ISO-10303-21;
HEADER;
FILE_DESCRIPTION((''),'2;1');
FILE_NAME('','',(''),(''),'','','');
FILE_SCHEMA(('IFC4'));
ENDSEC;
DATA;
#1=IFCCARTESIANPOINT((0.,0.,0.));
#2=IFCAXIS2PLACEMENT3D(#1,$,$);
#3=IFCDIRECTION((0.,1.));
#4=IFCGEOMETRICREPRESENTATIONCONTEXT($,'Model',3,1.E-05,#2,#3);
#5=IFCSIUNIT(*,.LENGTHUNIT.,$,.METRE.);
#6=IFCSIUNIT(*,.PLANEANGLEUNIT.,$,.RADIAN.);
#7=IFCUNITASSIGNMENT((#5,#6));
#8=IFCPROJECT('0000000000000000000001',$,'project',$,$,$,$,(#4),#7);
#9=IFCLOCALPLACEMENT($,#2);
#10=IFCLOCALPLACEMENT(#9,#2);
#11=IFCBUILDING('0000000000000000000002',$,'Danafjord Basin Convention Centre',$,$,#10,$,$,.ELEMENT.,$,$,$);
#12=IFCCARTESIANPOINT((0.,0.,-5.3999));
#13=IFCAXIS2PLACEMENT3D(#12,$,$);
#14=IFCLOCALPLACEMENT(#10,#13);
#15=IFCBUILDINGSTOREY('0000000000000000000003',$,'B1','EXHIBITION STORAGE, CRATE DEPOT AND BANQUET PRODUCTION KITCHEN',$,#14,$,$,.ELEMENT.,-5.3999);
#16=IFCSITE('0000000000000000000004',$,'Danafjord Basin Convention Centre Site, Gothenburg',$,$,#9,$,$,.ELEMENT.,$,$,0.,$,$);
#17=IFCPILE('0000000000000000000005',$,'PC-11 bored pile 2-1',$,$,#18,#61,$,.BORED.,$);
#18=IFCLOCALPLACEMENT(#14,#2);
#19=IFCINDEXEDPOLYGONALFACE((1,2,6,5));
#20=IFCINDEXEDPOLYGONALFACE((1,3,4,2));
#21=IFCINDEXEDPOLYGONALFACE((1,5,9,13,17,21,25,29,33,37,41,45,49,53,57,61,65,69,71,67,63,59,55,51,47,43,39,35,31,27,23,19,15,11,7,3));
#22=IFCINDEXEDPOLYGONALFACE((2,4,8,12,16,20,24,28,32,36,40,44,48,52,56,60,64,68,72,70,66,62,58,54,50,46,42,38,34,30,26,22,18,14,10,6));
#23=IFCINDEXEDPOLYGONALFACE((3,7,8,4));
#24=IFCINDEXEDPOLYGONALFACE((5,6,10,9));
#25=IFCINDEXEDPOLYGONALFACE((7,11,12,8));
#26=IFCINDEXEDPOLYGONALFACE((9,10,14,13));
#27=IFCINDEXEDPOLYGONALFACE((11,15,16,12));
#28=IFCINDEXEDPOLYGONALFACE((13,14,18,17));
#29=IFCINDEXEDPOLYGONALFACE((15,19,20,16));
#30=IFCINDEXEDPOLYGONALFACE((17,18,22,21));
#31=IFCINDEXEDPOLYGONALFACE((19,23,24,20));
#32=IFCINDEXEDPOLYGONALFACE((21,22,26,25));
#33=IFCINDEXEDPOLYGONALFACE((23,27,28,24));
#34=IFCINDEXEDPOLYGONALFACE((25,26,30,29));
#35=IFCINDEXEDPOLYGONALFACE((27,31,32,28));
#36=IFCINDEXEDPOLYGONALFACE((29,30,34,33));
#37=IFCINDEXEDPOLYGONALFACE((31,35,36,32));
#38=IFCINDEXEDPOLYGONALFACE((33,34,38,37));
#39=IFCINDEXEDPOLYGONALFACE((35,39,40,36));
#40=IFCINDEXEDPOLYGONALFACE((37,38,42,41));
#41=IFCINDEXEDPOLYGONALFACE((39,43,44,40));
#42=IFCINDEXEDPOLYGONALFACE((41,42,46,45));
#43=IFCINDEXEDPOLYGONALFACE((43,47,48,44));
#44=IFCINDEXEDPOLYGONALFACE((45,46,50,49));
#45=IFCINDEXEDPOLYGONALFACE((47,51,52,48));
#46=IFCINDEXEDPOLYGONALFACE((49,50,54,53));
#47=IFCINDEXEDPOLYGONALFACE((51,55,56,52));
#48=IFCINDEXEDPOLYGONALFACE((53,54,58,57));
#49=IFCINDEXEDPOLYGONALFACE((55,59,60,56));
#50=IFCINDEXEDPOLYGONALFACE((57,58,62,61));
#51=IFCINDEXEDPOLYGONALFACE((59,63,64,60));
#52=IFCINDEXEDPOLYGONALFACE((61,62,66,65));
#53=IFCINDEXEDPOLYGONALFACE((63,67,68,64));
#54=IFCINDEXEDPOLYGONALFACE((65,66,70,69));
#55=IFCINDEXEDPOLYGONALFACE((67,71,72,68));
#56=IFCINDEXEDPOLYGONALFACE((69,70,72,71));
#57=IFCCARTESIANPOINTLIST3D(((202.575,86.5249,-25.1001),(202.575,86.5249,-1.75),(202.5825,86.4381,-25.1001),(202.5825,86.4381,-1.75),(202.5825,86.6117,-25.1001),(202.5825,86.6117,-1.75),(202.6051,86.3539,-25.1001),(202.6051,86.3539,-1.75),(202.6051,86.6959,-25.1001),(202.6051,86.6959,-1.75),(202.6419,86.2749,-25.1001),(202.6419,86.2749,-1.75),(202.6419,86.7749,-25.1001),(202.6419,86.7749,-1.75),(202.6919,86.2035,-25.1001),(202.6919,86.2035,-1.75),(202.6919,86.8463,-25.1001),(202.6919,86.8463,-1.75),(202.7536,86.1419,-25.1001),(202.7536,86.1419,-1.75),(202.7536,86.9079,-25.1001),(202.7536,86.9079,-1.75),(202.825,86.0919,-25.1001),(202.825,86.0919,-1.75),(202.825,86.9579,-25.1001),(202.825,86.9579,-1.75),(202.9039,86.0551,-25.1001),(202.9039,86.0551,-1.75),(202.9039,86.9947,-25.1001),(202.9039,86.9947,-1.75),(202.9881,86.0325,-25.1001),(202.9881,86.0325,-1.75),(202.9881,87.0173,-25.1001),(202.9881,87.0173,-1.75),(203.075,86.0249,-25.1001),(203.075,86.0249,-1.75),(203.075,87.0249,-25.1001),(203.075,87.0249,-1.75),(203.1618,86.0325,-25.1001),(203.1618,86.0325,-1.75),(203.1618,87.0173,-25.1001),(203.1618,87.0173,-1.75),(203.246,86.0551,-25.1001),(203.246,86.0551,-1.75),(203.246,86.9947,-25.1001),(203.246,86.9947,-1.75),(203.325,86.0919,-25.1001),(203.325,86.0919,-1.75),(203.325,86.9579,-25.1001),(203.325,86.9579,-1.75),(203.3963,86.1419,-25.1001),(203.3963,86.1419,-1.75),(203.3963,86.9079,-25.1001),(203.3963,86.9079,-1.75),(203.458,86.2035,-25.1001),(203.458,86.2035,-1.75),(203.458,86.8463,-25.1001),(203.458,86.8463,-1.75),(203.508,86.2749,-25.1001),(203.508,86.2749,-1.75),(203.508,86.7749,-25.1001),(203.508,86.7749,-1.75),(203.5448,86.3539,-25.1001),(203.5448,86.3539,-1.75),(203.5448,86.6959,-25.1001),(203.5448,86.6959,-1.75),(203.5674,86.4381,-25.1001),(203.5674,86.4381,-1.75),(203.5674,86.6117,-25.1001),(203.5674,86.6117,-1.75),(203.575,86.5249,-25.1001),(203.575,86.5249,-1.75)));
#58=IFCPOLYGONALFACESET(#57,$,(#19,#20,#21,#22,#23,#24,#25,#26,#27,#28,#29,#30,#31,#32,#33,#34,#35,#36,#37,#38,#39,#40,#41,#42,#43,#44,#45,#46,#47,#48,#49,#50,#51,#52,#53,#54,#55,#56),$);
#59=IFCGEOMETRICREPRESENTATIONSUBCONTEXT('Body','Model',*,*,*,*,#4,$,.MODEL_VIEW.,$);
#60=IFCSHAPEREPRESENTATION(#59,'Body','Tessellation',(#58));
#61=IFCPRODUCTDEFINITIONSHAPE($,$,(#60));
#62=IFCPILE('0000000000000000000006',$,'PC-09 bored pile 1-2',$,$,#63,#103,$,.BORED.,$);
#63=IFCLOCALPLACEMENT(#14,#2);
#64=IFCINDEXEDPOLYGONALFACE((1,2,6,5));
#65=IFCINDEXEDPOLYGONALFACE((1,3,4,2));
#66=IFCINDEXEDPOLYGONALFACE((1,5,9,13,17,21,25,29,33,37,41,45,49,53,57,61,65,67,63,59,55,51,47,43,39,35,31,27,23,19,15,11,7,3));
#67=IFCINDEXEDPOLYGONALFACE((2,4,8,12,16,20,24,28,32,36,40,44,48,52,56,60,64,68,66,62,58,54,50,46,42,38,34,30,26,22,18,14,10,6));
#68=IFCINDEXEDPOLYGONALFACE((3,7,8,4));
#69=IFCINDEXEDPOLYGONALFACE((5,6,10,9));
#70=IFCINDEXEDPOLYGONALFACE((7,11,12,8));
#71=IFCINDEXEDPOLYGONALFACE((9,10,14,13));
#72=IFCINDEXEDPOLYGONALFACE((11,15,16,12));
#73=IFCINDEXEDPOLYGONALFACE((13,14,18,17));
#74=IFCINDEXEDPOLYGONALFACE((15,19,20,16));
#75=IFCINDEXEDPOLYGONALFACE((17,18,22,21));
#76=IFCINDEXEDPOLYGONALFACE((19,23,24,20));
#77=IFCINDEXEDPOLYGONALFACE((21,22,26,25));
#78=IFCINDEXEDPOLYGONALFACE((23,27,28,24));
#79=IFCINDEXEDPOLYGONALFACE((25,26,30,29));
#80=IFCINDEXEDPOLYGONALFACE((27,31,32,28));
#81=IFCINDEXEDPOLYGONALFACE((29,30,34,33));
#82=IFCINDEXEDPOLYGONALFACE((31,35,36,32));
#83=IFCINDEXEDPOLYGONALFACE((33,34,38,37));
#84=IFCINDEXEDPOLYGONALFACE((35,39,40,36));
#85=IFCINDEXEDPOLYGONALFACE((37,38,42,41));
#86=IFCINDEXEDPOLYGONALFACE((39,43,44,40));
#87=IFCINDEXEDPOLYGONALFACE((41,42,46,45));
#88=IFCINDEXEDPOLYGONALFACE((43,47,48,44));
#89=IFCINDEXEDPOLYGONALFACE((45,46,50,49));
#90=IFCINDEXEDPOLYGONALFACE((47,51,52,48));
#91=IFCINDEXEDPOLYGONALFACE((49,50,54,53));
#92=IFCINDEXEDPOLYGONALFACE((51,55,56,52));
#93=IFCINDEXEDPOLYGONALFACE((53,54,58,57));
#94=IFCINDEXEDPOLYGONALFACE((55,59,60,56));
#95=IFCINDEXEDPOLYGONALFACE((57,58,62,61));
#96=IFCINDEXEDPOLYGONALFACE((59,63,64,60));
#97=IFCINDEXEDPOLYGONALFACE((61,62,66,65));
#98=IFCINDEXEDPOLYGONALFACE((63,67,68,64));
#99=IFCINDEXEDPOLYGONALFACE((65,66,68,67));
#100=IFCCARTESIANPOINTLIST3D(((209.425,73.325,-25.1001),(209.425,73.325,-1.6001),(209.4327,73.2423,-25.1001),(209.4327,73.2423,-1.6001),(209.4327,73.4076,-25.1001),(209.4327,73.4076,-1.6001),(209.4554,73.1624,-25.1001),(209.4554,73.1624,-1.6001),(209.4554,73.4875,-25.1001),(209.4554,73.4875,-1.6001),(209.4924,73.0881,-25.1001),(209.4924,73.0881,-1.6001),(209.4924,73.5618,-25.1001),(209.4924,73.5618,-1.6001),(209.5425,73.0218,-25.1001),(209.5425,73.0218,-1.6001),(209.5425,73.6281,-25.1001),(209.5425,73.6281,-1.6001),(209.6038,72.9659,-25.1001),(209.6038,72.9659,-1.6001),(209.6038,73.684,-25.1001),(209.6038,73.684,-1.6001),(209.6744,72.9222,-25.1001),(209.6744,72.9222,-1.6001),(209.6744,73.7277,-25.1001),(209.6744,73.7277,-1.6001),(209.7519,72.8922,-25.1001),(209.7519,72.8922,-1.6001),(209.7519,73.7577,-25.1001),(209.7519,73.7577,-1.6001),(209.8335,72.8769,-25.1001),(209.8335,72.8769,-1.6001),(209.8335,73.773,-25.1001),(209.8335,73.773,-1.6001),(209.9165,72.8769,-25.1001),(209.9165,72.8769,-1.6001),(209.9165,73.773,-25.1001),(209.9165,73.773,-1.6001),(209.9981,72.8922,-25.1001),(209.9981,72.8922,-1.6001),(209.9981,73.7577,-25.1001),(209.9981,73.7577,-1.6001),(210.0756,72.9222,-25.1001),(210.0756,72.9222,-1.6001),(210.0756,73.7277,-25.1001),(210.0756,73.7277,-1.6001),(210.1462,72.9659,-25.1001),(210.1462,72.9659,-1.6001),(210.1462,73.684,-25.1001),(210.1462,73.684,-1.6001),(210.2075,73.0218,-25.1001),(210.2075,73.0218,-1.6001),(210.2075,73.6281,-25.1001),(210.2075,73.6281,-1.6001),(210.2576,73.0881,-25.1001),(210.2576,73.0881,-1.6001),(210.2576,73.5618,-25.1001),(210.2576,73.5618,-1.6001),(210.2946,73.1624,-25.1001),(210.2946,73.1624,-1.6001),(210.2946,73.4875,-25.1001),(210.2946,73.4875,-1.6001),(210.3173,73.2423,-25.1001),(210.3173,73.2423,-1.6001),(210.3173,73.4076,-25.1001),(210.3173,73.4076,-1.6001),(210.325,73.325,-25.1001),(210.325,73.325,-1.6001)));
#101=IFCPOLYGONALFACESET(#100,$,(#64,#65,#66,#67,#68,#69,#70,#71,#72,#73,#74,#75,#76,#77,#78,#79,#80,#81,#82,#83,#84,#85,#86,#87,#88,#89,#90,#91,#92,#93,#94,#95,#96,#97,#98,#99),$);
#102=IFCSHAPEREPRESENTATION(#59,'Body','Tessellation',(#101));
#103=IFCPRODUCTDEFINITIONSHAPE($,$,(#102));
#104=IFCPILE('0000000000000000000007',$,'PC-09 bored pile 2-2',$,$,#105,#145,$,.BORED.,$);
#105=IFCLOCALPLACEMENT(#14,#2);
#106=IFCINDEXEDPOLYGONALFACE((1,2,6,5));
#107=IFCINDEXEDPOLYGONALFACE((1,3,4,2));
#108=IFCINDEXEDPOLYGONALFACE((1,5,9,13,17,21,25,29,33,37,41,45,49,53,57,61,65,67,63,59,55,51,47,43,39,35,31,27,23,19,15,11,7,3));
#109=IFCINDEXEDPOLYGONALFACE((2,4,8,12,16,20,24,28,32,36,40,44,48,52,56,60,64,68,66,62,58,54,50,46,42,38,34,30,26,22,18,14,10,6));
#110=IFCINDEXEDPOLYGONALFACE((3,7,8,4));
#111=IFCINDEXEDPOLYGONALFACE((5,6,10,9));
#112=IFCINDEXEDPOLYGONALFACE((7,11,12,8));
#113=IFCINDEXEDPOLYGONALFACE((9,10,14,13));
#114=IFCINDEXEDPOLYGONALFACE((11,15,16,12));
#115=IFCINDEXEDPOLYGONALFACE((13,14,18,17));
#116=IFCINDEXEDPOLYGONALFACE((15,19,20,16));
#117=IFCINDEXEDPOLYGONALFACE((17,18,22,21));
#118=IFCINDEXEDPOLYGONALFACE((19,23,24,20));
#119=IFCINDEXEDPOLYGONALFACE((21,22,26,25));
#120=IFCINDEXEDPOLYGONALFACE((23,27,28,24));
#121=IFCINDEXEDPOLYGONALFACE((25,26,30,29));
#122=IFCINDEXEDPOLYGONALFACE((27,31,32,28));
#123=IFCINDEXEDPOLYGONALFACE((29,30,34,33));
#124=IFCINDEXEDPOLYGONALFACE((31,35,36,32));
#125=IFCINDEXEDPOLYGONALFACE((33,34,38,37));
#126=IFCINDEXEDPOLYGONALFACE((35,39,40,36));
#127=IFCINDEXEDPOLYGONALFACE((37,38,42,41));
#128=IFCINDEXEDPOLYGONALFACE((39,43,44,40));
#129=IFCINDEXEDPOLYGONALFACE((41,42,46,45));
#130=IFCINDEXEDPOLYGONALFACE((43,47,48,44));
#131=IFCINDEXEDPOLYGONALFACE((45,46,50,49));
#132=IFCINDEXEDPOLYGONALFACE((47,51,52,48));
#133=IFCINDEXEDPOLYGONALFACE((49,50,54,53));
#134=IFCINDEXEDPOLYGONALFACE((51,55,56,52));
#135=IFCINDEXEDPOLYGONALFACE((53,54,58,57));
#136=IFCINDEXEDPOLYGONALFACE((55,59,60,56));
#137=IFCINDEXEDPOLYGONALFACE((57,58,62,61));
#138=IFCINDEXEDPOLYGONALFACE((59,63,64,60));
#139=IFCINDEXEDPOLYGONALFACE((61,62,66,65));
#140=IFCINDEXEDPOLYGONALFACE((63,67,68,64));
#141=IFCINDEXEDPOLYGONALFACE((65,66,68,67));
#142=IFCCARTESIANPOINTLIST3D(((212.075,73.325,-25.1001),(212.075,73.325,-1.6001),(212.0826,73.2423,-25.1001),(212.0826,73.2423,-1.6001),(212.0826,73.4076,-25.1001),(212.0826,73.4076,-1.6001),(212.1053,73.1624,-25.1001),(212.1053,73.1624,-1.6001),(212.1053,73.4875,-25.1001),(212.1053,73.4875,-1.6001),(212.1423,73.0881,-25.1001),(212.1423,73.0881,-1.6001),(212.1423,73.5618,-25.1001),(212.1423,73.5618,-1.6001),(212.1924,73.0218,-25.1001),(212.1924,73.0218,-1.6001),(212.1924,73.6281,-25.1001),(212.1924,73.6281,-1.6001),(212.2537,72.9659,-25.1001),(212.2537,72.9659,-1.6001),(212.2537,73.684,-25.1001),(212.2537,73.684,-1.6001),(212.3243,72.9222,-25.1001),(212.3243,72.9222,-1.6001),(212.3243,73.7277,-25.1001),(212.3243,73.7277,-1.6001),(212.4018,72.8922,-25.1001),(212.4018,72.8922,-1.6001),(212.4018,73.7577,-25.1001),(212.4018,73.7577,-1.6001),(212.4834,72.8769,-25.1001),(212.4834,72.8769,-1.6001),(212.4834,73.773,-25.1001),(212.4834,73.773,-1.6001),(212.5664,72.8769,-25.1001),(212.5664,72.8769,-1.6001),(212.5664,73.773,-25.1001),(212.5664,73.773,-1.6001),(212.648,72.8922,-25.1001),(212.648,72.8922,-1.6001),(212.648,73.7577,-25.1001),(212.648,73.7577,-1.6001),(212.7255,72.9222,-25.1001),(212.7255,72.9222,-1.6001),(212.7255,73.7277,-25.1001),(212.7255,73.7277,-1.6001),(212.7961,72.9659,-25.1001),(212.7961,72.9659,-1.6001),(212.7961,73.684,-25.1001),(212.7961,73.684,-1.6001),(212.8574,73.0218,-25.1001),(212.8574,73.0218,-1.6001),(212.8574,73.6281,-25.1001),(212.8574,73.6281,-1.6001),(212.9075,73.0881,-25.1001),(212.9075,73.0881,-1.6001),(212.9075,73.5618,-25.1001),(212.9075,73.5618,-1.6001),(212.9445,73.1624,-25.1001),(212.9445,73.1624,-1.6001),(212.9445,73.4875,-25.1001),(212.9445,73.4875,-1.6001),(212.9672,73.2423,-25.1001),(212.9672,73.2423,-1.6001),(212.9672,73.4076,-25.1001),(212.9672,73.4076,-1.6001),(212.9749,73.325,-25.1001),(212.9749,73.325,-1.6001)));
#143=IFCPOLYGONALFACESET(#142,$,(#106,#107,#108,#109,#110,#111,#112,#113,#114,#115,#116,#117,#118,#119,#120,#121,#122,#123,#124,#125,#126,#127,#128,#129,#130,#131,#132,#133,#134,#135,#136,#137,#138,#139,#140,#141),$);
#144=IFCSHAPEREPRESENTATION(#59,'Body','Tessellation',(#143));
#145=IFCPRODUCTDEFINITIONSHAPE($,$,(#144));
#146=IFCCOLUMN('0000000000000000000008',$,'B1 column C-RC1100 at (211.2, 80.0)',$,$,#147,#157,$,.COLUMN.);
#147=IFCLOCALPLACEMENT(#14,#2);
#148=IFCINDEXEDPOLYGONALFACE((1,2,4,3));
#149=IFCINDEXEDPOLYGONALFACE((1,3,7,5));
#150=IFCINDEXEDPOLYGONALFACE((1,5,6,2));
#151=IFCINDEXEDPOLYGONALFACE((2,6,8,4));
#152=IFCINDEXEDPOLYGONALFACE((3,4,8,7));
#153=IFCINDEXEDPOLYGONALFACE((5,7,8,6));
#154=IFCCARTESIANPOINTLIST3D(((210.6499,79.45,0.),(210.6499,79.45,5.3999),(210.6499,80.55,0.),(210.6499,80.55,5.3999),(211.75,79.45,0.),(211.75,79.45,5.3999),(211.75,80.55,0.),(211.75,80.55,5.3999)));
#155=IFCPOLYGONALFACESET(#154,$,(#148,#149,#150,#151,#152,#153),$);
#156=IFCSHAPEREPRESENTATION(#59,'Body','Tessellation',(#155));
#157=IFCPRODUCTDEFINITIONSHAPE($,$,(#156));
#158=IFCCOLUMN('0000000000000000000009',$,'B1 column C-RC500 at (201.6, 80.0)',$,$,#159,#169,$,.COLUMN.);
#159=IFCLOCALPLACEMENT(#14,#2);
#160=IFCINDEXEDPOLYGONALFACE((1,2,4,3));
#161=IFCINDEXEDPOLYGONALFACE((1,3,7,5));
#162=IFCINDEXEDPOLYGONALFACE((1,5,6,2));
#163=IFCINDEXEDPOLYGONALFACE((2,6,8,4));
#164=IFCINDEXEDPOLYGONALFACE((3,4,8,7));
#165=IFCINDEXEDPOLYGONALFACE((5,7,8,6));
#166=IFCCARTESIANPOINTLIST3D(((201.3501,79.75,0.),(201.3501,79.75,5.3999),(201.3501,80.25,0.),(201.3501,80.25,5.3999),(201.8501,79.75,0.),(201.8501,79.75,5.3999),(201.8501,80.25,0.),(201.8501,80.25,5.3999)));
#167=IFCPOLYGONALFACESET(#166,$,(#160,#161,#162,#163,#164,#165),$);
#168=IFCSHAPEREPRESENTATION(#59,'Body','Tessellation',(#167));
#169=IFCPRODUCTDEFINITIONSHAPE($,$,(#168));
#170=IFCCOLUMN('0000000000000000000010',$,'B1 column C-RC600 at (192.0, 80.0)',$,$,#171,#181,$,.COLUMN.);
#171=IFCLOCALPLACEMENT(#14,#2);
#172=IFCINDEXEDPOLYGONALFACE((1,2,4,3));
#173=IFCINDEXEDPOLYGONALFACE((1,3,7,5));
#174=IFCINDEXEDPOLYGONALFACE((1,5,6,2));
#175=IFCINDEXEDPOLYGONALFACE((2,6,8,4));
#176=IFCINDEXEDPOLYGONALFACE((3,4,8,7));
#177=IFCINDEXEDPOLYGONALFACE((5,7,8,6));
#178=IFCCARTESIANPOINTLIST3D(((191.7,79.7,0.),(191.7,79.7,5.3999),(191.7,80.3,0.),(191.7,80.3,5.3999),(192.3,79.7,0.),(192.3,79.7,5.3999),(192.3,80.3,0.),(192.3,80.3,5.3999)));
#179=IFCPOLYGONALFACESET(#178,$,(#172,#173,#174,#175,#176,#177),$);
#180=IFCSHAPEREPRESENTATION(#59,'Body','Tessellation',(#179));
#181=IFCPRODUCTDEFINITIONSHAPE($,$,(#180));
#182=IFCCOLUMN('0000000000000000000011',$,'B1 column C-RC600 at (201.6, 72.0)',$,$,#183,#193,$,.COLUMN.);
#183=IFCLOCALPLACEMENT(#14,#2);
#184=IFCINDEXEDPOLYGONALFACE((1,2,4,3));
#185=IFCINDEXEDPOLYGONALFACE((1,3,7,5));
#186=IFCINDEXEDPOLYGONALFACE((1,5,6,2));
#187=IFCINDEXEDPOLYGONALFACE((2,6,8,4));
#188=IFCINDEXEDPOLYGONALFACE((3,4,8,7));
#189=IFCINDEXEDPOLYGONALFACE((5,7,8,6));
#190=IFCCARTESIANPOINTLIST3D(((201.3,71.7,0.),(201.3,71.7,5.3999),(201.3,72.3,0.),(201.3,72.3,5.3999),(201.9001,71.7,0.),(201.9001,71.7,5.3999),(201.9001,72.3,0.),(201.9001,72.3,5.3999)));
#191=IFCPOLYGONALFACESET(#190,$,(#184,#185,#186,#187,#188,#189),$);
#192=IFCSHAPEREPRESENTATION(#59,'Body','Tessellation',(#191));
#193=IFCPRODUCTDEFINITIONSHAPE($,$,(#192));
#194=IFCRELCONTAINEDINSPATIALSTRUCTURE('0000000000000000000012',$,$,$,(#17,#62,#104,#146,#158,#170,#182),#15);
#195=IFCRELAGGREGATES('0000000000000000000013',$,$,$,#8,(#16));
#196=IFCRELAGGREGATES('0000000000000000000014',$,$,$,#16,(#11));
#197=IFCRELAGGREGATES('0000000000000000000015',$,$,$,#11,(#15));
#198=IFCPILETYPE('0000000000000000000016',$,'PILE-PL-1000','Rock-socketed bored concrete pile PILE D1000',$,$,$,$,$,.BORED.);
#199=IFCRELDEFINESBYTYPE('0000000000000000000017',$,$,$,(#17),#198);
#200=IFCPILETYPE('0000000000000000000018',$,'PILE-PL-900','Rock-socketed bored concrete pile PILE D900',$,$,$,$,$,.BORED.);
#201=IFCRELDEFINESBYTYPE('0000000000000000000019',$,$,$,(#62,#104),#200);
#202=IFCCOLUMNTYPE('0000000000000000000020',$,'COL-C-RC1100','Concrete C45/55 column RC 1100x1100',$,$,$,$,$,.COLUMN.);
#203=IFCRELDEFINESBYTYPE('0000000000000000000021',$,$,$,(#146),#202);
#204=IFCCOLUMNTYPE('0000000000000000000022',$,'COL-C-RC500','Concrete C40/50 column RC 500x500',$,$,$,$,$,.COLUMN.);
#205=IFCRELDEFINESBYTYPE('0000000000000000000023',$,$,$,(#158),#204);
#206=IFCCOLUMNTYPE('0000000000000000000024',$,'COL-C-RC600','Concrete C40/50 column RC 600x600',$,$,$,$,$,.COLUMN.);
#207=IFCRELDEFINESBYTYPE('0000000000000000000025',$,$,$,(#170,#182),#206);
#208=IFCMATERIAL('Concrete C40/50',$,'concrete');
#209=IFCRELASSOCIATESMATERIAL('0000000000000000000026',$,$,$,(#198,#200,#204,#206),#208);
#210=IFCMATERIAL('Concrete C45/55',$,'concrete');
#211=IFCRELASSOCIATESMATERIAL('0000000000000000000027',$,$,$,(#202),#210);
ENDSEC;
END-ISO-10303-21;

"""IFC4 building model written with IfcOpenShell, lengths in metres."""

from ifc_helpers import new_model, si_unit, direction, frame, origin, origin_2d, place, context, subcontext, project, spatial, rectangle, circle, extrude, material, material_profile, profile_set, type_object, element, save


model = new_model("IFC4")

# Units and contexts
model_context = context("Model", 3, precision=1e-05, world=origin(), true_north=direction((0.0, 1.0)))
body_context = subcontext(model_context, "Body", "Model", "MODEL_VIEW")
ifc_project = project(units=[si_unit("LENGTHUNIT", "METRE"), si_unit("PLANEANGLEUNIT", "RADIAN")], contexts=[model_context])

# Site, building, storey
site_placement = place(None, origin())
site = spatial("IfcSite", under=ifc_project, at=site_placement, Name="Danafjord Basin Convention Centre Site, Gothenburg", CompositionType="ELEMENT", RefElevation=0.0)
building_placement = place(site_placement, origin())
building = spatial("IfcBuilding", under=site, at=building_placement, Name="Danafjord Basin Convention Centre", CompositionType="ELEMENT")
storey_placement = place(building_placement, frame((0.0, 0.0, -5.3999)))
storey = spatial("IfcBuildingStorey", under=building, at=storey_placement, Name="B1", Description="EXHIBITION STORAGE, CRATE DEPOT AND BANQUET PRODUCTION KITCHEN", CompositionType="ELEMENT", Elevation=-5.3999)

# Shared definitions
ifc_material_1 = material(Name="Concrete C40/50", Category="concrete")

# Piles
ifc_material_profile_1 = material_profile(ifc_material_1, circle(Radius=0.5, at=origin_2d()), Name="PILE D1000")
ifc_profile_set_1 = profile_set([ifc_material_profile_1], Name="Concrete C40/50")
pile_type_1 = type_object("IfcPileType", Name="PILE-PL-1000", Description="Rock-socketed bored concrete pile PILE D1000", PredefinedType="BORED", material=ifc_profile_set_1)
for number, where, z_axis, x_axis, name in (
    (1, (203.075, 86.5249, -1.75), (0.0, 0.0, -1.0), (1.0, 0.0, 0.0), "PC-11 bored pile 2-1"),
):
    element("IfcPile", number, at=place(storey_placement, frame(where, z_axis=z_axis, x_axis=x_axis)), inside=storey, type_object=pile_type_1, Name=name, PredefinedType="BORED", context=body_context, shape_type="SweptSolid", body=[
        extrude(circle(Radius=0.5, at=origin_2d()), origin(), (0.0, 0.0, 1.0), 23.3501),
    ])
ifc_material_profile_2 = material_profile(ifc_material_1, circle(Radius=0.45, at=origin_2d()), Name="PILE D900")
ifc_profile_set_2 = profile_set([ifc_material_profile_2], Name="Concrete C40/50")
pile_type_2 = type_object("IfcPileType", Name="PILE-PL-900", Description="Rock-socketed bored concrete pile PILE D900", PredefinedType="BORED", material=ifc_profile_set_2)
for number, where, z_axis, x_axis, name in (
    (2, (209.875, 73.325, -1.6001), (0.0, 0.0, -1.0), (1.0, 0.0, 0.0), "PC-09 bored pile 1-2"),
    (3, (212.5249, 73.325, -1.6001), (0.0, 0.0, -1.0), (1.0, 0.0, 0.0), "PC-09 bored pile 2-2"),
):
    element("IfcPile", number, at=place(storey_placement, frame(where, z_axis=z_axis, x_axis=x_axis)), inside=storey, type_object=pile_type_2, Name=name, PredefinedType="BORED", context=body_context, shape_type="SweptSolid", body=[
        extrude(circle(Radius=0.45, at=origin_2d()), origin(), (0.0, 0.0, 1.0), 23.5),
    ])

# Columns
ifc_material_2 = material(Name="Concrete C45/55", Category="concrete")
ifc_material_profile_3 = material_profile(ifc_material_2, rectangle(XDim=1.1001, YDim=1.1001, at=origin_2d()), Name="RC 1100x1100")
ifc_profile_set_3 = profile_set([ifc_material_profile_3], Name="Concrete C45/55")
column_type_1 = type_object("IfcColumnType", Name="COL-C-RC1100", Description="Concrete C45/55 column RC 1100x1100", PredefinedType="COLUMN", material=ifc_profile_set_3)
column_1_placement = place(storey_placement, frame((211.2, 80.0, 0.0), z_axis=(0.0, 0.0, 1.0), x_axis=(1.0, 0.0, 0.0)))
element("IfcColumn", 4, at=column_1_placement, inside=storey, type_object=column_type_1, Name="B1 column C-RC1100 at (211.2, 80.0)", PredefinedType="COLUMN", context=body_context, shape_type="SweptSolid", body=[
    extrude(rectangle(XDim=1.1001, YDim=1.1001, at=origin_2d()), origin(), (0.0, 0.0, 1.0), 5.3999),
])
ifc_material_profile_4 = material_profile(ifc_material_1, rectangle(XDim=0.5, YDim=0.5, at=origin_2d()), Name="RC 500x500")
ifc_profile_set_4 = profile_set([ifc_material_profile_4], Name="Concrete C40/50")
column_type_2 = type_object("IfcColumnType", Name="COL-C-RC500", Description="Concrete C40/50 column RC 500x500", PredefinedType="COLUMN", material=ifc_profile_set_4)
column_2_placement = place(storey_placement, frame((201.6001, 80.0, 0.0), z_axis=(0.0, 0.0, 1.0), x_axis=(1.0, 0.0, 0.0)))
element("IfcColumn", 5, at=column_2_placement, inside=storey, type_object=column_type_2, Name="B1 column C-RC500 at (201.6, 80.0)", PredefinedType="COLUMN", context=body_context, shape_type="SweptSolid", body=[
    extrude(rectangle(XDim=0.5, YDim=0.5, at=origin_2d()), origin(), (0.0, 0.0, 1.0), 5.3999),
])
ifc_material_profile_5 = material_profile(ifc_material_1, rectangle(XDim=0.6001, YDim=0.6001, at=origin_2d()), Name="RC 600x600")
ifc_profile_set_5 = profile_set([ifc_material_profile_5], Name="Concrete C40/50")
column_type_3 = type_object("IfcColumnType", Name="COL-C-RC600", Description="Concrete C40/50 column RC 600x600", PredefinedType="COLUMN", material=ifc_profile_set_5)
for number, where, z_axis, x_axis, name in (
    (6, (192.0, 80.0, 0.0), (0.0, 0.0, 1.0), (1.0, 0.0, 0.0), "B1 column C-RC600 at (192.0, 80.0)"),
    (7, (201.6001, 72.0, 0.0), (0.0, 0.0, 1.0), (1.0, 0.0, 0.0), "B1 column C-RC600 at (201.6, 72.0)"),
):
    element("IfcColumn", number, at=place(storey_placement, frame(where, z_axis=z_axis, x_axis=x_axis)), inside=storey, type_object=column_type_3, Name=name, PredefinedType="COLUMN", context=body_context, shape_type="SweptSolid", body=[
        extrude(rectangle(XDim=0.6001, YDim=0.6001, at=origin_2d()), origin(), (0.0, 0.0, 1.0), 5.3999),
    ])

save(model, "model.ifc")
